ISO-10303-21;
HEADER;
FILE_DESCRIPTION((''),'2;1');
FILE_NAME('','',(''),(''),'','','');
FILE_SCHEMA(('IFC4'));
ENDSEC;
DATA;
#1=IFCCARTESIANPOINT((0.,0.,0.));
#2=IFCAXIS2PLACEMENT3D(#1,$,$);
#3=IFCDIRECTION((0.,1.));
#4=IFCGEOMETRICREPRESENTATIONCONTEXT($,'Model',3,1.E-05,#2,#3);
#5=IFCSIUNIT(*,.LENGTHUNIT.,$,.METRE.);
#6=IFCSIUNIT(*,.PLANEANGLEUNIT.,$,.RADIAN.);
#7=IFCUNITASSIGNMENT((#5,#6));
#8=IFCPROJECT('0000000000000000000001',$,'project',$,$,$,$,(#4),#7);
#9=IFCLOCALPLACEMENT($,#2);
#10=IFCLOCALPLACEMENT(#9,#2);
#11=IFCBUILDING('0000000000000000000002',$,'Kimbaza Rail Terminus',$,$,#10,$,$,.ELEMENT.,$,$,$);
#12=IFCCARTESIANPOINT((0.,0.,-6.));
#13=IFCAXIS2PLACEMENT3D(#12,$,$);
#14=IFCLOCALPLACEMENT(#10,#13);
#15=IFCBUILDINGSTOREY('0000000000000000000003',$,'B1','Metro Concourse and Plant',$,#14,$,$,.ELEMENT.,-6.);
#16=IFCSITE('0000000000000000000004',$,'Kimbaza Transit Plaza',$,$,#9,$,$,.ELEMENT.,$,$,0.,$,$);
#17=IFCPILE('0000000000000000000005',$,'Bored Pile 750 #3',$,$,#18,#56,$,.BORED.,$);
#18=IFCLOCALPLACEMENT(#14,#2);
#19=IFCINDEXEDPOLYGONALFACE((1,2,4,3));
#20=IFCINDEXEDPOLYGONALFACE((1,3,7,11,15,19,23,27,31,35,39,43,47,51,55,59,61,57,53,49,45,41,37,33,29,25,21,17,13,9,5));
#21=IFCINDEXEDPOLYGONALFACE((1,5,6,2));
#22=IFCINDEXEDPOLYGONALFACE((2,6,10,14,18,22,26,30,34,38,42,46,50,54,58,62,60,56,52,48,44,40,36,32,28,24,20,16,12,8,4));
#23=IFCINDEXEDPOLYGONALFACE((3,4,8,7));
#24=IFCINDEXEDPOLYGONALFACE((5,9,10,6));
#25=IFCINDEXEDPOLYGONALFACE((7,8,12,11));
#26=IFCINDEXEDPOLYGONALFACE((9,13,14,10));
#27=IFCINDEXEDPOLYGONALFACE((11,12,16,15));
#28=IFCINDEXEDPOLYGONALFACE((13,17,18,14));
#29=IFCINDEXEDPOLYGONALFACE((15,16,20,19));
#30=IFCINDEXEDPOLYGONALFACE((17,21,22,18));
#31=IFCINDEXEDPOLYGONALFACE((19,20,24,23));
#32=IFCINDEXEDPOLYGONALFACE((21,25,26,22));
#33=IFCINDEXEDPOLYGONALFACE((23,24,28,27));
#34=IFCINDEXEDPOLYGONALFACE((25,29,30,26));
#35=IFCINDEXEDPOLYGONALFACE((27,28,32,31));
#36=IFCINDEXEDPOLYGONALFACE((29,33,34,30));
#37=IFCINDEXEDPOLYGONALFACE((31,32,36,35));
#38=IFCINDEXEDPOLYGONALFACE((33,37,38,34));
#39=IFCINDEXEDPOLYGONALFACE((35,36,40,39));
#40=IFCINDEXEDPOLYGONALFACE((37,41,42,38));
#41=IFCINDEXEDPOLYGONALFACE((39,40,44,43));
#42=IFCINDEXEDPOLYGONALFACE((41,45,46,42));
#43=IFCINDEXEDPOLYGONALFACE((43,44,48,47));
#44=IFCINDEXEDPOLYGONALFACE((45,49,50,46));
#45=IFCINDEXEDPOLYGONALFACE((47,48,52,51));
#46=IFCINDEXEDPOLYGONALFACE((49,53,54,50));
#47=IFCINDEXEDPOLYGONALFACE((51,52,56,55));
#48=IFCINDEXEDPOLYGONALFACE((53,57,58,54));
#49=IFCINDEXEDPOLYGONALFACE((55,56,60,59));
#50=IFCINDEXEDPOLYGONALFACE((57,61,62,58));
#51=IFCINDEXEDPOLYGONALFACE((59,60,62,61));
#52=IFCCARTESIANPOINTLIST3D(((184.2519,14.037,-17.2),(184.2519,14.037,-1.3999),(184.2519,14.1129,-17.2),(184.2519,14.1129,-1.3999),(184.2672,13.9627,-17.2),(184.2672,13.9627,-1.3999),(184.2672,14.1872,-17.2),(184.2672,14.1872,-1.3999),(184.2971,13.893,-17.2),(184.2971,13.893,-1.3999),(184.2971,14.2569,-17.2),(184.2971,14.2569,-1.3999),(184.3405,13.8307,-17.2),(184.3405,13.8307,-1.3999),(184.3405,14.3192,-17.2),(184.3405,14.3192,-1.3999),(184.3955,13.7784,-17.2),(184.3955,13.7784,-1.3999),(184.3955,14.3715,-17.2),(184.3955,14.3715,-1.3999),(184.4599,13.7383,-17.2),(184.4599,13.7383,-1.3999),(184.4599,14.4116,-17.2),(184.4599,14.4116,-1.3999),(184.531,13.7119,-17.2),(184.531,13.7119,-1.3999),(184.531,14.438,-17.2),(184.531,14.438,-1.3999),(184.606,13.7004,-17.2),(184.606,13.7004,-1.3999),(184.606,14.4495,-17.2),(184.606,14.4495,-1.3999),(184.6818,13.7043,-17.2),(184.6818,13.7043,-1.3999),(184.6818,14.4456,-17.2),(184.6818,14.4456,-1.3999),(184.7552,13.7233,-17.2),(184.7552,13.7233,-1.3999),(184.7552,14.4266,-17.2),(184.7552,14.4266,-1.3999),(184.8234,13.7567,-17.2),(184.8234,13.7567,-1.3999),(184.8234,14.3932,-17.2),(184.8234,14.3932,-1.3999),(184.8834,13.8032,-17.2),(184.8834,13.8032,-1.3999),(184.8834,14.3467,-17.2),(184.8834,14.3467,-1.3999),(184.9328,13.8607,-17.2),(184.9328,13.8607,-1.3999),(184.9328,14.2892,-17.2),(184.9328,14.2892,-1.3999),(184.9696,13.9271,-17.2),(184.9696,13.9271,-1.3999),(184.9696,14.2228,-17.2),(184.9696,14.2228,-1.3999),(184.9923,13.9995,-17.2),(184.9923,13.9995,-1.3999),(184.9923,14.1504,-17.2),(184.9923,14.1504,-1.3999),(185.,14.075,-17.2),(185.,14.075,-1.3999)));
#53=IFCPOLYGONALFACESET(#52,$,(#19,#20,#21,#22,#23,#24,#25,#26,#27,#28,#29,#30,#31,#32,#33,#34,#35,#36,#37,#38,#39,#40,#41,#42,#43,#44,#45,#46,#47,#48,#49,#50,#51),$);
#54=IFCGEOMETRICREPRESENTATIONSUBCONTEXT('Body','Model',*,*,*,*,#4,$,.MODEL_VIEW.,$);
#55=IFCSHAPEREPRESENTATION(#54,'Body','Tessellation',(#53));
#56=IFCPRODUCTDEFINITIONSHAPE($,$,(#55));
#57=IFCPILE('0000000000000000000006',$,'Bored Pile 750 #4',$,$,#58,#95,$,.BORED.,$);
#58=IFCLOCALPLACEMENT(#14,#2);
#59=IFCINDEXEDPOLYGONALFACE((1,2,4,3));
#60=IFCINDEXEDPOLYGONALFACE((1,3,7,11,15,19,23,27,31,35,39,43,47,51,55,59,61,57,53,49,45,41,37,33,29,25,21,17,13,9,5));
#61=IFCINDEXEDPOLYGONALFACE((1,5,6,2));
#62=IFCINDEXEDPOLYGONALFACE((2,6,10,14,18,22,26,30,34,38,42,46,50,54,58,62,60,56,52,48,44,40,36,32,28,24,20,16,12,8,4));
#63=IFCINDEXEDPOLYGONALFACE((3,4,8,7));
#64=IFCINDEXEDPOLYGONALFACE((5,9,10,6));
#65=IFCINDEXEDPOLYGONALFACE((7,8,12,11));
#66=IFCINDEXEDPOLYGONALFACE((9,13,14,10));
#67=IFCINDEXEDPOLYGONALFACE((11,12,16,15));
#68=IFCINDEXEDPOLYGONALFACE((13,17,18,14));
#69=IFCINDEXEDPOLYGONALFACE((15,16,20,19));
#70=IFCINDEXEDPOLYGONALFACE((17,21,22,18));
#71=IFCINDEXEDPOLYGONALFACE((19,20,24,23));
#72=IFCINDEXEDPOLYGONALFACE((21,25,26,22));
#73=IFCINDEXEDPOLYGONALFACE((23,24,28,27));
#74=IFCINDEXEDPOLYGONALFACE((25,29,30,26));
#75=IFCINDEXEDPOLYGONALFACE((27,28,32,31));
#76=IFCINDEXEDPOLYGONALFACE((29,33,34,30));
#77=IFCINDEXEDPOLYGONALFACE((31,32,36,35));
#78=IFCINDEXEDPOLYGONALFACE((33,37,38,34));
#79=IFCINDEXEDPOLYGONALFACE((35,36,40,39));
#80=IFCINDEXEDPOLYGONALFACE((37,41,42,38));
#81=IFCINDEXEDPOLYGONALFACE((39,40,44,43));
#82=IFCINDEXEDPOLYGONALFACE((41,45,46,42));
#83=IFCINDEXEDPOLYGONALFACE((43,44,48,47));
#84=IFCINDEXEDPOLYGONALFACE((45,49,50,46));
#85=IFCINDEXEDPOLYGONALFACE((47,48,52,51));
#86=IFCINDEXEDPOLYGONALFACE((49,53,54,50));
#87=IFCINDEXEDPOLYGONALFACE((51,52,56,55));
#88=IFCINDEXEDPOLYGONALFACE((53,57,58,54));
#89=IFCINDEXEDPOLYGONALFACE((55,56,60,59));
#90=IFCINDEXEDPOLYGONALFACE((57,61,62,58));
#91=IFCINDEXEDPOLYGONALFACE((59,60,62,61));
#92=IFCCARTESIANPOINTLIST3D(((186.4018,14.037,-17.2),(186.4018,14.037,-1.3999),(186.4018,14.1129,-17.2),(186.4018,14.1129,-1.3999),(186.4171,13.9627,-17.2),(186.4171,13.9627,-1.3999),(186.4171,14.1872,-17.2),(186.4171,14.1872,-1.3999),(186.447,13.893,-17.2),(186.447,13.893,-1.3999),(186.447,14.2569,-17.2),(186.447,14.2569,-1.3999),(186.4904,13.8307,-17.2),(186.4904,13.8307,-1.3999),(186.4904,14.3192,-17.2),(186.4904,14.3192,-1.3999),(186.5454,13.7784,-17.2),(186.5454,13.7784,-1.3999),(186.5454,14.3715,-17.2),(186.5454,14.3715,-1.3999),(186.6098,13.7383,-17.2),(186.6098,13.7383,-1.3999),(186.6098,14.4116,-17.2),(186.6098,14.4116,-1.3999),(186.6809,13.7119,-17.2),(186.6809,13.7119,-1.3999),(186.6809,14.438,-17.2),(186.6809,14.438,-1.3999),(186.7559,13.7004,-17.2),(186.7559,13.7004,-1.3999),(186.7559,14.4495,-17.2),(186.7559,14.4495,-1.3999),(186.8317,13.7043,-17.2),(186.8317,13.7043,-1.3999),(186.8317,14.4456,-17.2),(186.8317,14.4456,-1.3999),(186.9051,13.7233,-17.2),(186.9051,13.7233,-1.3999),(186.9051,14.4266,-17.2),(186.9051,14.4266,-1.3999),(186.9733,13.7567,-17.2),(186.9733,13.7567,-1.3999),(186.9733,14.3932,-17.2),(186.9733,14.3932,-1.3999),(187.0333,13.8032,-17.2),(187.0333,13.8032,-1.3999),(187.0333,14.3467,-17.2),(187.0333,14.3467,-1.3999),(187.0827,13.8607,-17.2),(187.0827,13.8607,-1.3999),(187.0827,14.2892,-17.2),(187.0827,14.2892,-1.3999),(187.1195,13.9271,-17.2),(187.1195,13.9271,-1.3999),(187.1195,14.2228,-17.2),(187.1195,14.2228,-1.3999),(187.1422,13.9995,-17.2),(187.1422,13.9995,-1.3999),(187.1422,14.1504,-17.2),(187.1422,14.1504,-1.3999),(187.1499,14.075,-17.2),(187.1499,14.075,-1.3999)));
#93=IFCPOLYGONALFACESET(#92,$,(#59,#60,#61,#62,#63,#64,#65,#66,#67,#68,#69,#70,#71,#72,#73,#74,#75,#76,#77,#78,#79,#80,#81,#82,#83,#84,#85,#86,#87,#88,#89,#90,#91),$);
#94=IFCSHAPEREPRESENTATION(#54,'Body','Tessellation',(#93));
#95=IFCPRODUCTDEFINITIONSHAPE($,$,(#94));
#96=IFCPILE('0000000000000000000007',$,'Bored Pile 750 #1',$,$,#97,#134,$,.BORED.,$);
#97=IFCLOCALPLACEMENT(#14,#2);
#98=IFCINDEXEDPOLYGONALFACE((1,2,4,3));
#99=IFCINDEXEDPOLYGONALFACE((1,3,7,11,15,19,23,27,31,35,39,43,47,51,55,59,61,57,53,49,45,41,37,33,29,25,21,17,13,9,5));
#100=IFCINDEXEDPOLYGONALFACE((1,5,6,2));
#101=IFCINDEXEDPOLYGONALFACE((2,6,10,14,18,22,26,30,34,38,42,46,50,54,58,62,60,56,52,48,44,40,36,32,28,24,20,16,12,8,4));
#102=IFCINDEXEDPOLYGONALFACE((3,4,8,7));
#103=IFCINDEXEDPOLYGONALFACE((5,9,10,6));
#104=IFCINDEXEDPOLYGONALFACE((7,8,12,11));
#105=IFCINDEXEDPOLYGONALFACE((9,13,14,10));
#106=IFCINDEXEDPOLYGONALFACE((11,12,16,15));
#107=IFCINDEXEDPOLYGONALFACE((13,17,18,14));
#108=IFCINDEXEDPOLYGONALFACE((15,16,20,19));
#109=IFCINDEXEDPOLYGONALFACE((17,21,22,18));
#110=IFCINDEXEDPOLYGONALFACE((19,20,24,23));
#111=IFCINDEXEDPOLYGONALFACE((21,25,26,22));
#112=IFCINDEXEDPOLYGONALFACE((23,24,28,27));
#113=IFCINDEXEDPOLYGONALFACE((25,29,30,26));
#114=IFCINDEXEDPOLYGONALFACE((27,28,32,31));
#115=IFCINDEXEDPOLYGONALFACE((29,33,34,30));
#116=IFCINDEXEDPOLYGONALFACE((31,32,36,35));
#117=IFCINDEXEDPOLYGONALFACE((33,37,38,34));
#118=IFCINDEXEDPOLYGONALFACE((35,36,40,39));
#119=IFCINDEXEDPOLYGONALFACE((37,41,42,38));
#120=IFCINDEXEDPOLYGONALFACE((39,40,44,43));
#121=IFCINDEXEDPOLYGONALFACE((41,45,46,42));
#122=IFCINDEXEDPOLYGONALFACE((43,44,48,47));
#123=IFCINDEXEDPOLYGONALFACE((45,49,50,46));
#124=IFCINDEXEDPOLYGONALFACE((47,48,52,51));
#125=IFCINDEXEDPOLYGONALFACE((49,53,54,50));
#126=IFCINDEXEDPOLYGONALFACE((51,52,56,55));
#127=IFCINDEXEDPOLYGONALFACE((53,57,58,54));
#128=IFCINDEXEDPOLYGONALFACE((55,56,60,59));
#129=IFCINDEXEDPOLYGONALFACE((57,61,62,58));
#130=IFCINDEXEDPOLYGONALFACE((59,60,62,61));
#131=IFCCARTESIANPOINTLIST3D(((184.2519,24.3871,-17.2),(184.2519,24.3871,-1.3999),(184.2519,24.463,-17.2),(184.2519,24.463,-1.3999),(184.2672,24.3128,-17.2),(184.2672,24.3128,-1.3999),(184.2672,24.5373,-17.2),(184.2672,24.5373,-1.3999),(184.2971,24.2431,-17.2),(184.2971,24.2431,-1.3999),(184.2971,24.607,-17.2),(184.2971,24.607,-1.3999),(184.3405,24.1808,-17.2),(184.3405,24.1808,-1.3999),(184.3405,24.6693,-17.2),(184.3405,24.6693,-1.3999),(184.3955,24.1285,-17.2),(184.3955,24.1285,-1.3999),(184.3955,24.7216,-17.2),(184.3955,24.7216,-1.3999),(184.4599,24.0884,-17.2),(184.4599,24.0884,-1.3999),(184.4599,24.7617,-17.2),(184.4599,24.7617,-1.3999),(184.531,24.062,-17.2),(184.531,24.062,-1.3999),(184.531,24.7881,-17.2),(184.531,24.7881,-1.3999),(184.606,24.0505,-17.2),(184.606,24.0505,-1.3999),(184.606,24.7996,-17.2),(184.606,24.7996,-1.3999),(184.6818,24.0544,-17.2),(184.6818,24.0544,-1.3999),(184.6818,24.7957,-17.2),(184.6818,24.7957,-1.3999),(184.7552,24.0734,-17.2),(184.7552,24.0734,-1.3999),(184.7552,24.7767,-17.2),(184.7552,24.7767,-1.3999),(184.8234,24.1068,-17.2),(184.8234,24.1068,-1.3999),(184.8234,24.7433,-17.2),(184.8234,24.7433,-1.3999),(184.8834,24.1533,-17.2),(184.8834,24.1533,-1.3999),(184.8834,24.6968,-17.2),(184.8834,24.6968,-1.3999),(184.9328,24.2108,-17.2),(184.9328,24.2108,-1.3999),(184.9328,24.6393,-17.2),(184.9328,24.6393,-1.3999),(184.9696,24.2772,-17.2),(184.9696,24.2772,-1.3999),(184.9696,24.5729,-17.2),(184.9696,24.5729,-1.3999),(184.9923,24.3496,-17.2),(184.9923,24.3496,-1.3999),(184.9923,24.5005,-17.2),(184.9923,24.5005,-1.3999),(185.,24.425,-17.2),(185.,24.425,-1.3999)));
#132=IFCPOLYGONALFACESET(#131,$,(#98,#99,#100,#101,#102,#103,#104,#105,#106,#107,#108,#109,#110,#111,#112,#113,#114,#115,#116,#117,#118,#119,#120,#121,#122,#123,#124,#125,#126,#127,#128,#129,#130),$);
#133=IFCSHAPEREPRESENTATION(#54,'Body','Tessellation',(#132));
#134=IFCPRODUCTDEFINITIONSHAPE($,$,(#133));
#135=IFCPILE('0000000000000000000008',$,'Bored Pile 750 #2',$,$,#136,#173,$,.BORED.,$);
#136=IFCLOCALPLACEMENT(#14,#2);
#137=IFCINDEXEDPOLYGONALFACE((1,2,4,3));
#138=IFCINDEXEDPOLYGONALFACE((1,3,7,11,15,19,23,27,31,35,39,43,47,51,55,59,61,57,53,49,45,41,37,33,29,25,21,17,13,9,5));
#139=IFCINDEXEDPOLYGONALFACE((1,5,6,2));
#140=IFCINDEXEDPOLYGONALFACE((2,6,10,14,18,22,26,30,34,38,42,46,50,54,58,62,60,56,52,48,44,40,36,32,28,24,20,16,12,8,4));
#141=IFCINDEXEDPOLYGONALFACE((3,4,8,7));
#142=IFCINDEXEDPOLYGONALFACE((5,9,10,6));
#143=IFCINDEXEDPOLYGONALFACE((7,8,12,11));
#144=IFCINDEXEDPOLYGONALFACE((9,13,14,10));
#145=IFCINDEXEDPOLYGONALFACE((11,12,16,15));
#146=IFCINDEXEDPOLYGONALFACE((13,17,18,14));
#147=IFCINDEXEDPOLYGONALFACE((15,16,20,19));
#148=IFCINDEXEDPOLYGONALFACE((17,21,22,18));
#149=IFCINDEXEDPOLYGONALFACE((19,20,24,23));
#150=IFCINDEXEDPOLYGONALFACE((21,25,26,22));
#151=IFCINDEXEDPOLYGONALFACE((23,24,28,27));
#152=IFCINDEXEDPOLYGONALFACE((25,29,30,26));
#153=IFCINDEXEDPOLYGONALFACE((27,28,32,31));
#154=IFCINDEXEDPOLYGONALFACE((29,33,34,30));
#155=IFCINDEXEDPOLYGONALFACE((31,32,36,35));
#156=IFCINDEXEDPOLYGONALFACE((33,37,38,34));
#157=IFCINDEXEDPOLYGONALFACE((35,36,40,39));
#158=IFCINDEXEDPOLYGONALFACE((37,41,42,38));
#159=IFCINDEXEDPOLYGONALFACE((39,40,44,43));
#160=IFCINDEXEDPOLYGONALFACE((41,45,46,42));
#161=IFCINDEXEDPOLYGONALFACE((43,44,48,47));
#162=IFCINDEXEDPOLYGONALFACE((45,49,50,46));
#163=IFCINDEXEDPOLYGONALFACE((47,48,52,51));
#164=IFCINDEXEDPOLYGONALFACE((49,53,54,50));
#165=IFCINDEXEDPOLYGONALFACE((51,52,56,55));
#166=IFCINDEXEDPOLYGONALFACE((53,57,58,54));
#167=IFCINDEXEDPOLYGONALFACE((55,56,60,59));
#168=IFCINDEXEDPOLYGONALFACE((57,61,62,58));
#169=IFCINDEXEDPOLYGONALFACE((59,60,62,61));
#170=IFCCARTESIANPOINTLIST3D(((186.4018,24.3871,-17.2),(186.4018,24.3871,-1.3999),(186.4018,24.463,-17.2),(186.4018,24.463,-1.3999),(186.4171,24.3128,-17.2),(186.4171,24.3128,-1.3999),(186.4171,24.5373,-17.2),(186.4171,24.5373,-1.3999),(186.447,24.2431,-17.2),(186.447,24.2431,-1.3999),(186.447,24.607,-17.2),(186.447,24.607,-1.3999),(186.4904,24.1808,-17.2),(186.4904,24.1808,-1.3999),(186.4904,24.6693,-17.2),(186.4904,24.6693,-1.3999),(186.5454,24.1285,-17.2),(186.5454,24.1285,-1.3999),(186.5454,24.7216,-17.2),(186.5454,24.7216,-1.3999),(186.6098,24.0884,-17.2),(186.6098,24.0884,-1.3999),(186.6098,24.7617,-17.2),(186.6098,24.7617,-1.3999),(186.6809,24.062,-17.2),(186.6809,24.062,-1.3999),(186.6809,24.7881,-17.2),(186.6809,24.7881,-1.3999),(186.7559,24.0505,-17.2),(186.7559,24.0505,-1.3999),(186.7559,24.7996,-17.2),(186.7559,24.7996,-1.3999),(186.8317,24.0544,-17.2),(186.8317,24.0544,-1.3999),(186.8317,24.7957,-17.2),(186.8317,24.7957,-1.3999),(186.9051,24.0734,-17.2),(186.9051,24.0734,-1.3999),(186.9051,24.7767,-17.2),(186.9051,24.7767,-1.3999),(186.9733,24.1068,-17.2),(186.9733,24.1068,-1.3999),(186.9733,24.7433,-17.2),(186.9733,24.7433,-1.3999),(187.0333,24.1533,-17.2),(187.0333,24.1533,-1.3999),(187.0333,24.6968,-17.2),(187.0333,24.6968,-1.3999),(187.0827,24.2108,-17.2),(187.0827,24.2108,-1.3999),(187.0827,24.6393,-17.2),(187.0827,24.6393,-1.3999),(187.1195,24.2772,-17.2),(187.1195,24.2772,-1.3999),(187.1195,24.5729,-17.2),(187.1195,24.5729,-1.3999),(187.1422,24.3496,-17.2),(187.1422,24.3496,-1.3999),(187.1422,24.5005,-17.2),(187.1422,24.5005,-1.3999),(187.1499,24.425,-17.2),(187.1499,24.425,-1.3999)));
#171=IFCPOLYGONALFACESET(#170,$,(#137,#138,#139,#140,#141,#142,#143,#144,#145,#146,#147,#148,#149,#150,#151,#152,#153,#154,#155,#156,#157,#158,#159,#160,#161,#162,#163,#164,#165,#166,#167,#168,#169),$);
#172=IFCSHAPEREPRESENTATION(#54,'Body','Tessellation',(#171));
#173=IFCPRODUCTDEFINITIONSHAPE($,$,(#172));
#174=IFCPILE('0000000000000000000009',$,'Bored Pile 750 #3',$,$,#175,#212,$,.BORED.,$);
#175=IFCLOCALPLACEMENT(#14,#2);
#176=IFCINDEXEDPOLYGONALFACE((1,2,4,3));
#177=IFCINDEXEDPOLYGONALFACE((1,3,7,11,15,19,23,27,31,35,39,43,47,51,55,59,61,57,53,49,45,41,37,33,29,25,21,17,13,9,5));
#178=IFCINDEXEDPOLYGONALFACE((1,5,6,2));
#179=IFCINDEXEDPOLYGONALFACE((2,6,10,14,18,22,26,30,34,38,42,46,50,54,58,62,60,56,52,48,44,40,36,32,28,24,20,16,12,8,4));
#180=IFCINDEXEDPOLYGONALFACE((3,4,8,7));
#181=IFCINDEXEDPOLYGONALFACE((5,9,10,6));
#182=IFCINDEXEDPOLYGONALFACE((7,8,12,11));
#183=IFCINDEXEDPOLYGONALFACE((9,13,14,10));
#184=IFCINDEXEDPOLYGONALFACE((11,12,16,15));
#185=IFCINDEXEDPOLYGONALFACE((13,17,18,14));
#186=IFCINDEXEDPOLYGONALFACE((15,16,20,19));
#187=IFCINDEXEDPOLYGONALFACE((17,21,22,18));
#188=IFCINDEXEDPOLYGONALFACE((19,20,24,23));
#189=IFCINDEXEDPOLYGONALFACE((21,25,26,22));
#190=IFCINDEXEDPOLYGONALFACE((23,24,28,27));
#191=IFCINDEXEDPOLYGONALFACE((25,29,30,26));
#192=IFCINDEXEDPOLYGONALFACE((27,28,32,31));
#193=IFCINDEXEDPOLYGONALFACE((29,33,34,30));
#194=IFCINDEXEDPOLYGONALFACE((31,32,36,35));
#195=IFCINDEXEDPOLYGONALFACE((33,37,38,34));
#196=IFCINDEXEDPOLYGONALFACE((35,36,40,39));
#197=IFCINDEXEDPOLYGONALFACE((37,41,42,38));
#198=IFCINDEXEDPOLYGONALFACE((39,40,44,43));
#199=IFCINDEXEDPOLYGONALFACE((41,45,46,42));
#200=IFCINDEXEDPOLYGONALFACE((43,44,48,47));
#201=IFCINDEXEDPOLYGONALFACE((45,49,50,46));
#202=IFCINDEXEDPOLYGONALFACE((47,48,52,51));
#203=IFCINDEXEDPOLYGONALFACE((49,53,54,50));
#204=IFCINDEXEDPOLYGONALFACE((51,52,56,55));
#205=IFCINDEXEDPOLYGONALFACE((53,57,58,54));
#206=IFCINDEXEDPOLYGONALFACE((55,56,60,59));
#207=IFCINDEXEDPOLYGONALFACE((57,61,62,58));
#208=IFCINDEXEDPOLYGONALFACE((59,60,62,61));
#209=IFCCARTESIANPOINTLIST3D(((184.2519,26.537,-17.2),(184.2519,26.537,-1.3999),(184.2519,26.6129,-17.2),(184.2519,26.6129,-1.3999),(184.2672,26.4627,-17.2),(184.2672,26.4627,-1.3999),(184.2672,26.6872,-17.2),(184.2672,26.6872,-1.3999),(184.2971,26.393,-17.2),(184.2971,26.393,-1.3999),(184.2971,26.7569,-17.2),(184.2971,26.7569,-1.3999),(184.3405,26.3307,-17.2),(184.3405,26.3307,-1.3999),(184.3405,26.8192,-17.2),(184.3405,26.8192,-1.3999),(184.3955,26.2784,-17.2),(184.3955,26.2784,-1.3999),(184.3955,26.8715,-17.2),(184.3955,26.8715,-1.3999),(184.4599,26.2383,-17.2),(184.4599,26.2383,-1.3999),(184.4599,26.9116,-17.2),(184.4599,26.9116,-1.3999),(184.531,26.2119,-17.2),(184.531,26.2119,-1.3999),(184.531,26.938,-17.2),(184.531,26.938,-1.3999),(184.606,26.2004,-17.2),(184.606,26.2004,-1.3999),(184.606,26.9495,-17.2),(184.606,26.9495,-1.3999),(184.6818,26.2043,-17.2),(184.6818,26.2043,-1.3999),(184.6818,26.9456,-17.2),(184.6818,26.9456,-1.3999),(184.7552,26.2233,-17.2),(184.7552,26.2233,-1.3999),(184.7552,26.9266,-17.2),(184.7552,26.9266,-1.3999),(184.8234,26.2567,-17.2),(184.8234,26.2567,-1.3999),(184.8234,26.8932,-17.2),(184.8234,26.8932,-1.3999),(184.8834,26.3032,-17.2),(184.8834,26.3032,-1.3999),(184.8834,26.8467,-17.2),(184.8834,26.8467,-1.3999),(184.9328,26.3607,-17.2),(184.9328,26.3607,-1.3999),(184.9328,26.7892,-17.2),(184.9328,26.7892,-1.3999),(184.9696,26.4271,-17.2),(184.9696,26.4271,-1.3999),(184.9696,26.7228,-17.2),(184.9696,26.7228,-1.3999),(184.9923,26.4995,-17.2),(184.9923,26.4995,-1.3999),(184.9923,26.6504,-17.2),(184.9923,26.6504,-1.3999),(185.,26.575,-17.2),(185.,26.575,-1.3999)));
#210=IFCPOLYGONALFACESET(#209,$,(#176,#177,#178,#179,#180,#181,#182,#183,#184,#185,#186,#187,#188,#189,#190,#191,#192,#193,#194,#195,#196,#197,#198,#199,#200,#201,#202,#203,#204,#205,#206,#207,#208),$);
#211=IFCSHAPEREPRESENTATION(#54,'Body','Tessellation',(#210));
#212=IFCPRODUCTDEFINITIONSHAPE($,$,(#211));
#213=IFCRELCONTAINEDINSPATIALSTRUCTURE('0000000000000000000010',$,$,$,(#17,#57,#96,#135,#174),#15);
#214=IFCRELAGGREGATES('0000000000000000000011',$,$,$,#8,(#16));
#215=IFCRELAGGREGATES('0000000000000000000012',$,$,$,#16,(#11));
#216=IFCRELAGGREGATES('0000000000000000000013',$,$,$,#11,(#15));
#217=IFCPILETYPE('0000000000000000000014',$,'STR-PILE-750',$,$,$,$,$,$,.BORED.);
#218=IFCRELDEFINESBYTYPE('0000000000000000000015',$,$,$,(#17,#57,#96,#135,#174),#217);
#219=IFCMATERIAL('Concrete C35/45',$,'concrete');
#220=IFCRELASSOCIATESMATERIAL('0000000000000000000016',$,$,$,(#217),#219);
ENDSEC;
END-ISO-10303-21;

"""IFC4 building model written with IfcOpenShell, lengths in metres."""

from ifc_helpers import new_model, si_unit, direction, frame, origin, origin_2d, place, context, subcontext, project, spatial, circle, extrude, material, material_profile, profile_set, type_object, element, save


model = new_model("IFC4")

# Units and contexts
model_context = context("Model", 3, precision=1e-05, world=origin(), true_north=direction((0.0, 1.0)))
body_context = subcontext(model_context, "Body", "Model", "MODEL_VIEW")
ifc_project = project(units=[si_unit("LENGTHUNIT", "METRE"), si_unit("PLANEANGLEUNIT", "RADIAN")], contexts=[model_context])

# Site, building, storey
site_placement = place(None, origin())
site = spatial("IfcSite", under=ifc_project, at=site_placement, Name="Kimbaza Transit Plaza", CompositionType="ELEMENT", RefElevation=0.0)
building_placement = place(site_placement, origin())
building = spatial("IfcBuilding", under=site, at=building_placement, Name="Kimbaza Rail Terminus", CompositionType="ELEMENT")
storey_placement = place(building_placement, frame((0.0, 0.0, -6.0)))
storey = spatial("IfcBuildingStorey", under=building, at=storey_placement, Name="B1", Description="Metro Concourse and Plant", CompositionType="ELEMENT", Elevation=-6.0)

# Piles
ifc_material_1 = material(Name="Concrete C35/45", Category="concrete")
ifc_material_profile_1 = material_profile(ifc_material_1, circle(Radius=0.375, at=origin_2d()), Name="BORED PILE 750")
ifc_profile_set_1 = profile_set([ifc_material_profile_1], Name="Concrete C35/45")
pile_type_1 = type_object("IfcPileType", Name="STR-PILE-750", PredefinedType="BORED", material=ifc_profile_set_1)
for number, where, z_axis, x_axis, name in (
    (1, (184.625, 14.075, -1.3999), (0.0, 0.0, -1.0), (1.0, 0.0, 0.0), "Bored Pile 750 #3"),
    (2, (186.7749, 14.075, -1.3999), (0.0, 0.0, -1.0), (1.0, 0.0, 0.0), "Bored Pile 750 #4"),
    (3, (184.625, 24.425, -1.3999), (0.0, 0.0, -1.0), (1.0, 0.0, 0.0), "Bored Pile 750 #1"),
    (4, (186.7749, 24.425, -1.3999), (0.0, 0.0, -1.0), (1.0, 0.0, 0.0), "Bored Pile 750 #2"),
    (5, (184.625, 26.575, -1.3999), (0.0, 0.0, -1.0), (1.0, 0.0, 0.0), "Bored Pile 750 #3"),
):
    element("IfcPile", number, at=place(storey_placement, frame(where, z_axis=z_axis, x_axis=x_axis)), inside=storey, type_object=pile_type_1, Name=name, PredefinedType="BORED", context=body_context, shape_type="SweptSolid", body=[
        extrude(circle(Radius=0.375, at=origin_2d()), origin(), (0.0, 0.0, 1.0), 15.8),
    ])

save(model, "model.ifc")
